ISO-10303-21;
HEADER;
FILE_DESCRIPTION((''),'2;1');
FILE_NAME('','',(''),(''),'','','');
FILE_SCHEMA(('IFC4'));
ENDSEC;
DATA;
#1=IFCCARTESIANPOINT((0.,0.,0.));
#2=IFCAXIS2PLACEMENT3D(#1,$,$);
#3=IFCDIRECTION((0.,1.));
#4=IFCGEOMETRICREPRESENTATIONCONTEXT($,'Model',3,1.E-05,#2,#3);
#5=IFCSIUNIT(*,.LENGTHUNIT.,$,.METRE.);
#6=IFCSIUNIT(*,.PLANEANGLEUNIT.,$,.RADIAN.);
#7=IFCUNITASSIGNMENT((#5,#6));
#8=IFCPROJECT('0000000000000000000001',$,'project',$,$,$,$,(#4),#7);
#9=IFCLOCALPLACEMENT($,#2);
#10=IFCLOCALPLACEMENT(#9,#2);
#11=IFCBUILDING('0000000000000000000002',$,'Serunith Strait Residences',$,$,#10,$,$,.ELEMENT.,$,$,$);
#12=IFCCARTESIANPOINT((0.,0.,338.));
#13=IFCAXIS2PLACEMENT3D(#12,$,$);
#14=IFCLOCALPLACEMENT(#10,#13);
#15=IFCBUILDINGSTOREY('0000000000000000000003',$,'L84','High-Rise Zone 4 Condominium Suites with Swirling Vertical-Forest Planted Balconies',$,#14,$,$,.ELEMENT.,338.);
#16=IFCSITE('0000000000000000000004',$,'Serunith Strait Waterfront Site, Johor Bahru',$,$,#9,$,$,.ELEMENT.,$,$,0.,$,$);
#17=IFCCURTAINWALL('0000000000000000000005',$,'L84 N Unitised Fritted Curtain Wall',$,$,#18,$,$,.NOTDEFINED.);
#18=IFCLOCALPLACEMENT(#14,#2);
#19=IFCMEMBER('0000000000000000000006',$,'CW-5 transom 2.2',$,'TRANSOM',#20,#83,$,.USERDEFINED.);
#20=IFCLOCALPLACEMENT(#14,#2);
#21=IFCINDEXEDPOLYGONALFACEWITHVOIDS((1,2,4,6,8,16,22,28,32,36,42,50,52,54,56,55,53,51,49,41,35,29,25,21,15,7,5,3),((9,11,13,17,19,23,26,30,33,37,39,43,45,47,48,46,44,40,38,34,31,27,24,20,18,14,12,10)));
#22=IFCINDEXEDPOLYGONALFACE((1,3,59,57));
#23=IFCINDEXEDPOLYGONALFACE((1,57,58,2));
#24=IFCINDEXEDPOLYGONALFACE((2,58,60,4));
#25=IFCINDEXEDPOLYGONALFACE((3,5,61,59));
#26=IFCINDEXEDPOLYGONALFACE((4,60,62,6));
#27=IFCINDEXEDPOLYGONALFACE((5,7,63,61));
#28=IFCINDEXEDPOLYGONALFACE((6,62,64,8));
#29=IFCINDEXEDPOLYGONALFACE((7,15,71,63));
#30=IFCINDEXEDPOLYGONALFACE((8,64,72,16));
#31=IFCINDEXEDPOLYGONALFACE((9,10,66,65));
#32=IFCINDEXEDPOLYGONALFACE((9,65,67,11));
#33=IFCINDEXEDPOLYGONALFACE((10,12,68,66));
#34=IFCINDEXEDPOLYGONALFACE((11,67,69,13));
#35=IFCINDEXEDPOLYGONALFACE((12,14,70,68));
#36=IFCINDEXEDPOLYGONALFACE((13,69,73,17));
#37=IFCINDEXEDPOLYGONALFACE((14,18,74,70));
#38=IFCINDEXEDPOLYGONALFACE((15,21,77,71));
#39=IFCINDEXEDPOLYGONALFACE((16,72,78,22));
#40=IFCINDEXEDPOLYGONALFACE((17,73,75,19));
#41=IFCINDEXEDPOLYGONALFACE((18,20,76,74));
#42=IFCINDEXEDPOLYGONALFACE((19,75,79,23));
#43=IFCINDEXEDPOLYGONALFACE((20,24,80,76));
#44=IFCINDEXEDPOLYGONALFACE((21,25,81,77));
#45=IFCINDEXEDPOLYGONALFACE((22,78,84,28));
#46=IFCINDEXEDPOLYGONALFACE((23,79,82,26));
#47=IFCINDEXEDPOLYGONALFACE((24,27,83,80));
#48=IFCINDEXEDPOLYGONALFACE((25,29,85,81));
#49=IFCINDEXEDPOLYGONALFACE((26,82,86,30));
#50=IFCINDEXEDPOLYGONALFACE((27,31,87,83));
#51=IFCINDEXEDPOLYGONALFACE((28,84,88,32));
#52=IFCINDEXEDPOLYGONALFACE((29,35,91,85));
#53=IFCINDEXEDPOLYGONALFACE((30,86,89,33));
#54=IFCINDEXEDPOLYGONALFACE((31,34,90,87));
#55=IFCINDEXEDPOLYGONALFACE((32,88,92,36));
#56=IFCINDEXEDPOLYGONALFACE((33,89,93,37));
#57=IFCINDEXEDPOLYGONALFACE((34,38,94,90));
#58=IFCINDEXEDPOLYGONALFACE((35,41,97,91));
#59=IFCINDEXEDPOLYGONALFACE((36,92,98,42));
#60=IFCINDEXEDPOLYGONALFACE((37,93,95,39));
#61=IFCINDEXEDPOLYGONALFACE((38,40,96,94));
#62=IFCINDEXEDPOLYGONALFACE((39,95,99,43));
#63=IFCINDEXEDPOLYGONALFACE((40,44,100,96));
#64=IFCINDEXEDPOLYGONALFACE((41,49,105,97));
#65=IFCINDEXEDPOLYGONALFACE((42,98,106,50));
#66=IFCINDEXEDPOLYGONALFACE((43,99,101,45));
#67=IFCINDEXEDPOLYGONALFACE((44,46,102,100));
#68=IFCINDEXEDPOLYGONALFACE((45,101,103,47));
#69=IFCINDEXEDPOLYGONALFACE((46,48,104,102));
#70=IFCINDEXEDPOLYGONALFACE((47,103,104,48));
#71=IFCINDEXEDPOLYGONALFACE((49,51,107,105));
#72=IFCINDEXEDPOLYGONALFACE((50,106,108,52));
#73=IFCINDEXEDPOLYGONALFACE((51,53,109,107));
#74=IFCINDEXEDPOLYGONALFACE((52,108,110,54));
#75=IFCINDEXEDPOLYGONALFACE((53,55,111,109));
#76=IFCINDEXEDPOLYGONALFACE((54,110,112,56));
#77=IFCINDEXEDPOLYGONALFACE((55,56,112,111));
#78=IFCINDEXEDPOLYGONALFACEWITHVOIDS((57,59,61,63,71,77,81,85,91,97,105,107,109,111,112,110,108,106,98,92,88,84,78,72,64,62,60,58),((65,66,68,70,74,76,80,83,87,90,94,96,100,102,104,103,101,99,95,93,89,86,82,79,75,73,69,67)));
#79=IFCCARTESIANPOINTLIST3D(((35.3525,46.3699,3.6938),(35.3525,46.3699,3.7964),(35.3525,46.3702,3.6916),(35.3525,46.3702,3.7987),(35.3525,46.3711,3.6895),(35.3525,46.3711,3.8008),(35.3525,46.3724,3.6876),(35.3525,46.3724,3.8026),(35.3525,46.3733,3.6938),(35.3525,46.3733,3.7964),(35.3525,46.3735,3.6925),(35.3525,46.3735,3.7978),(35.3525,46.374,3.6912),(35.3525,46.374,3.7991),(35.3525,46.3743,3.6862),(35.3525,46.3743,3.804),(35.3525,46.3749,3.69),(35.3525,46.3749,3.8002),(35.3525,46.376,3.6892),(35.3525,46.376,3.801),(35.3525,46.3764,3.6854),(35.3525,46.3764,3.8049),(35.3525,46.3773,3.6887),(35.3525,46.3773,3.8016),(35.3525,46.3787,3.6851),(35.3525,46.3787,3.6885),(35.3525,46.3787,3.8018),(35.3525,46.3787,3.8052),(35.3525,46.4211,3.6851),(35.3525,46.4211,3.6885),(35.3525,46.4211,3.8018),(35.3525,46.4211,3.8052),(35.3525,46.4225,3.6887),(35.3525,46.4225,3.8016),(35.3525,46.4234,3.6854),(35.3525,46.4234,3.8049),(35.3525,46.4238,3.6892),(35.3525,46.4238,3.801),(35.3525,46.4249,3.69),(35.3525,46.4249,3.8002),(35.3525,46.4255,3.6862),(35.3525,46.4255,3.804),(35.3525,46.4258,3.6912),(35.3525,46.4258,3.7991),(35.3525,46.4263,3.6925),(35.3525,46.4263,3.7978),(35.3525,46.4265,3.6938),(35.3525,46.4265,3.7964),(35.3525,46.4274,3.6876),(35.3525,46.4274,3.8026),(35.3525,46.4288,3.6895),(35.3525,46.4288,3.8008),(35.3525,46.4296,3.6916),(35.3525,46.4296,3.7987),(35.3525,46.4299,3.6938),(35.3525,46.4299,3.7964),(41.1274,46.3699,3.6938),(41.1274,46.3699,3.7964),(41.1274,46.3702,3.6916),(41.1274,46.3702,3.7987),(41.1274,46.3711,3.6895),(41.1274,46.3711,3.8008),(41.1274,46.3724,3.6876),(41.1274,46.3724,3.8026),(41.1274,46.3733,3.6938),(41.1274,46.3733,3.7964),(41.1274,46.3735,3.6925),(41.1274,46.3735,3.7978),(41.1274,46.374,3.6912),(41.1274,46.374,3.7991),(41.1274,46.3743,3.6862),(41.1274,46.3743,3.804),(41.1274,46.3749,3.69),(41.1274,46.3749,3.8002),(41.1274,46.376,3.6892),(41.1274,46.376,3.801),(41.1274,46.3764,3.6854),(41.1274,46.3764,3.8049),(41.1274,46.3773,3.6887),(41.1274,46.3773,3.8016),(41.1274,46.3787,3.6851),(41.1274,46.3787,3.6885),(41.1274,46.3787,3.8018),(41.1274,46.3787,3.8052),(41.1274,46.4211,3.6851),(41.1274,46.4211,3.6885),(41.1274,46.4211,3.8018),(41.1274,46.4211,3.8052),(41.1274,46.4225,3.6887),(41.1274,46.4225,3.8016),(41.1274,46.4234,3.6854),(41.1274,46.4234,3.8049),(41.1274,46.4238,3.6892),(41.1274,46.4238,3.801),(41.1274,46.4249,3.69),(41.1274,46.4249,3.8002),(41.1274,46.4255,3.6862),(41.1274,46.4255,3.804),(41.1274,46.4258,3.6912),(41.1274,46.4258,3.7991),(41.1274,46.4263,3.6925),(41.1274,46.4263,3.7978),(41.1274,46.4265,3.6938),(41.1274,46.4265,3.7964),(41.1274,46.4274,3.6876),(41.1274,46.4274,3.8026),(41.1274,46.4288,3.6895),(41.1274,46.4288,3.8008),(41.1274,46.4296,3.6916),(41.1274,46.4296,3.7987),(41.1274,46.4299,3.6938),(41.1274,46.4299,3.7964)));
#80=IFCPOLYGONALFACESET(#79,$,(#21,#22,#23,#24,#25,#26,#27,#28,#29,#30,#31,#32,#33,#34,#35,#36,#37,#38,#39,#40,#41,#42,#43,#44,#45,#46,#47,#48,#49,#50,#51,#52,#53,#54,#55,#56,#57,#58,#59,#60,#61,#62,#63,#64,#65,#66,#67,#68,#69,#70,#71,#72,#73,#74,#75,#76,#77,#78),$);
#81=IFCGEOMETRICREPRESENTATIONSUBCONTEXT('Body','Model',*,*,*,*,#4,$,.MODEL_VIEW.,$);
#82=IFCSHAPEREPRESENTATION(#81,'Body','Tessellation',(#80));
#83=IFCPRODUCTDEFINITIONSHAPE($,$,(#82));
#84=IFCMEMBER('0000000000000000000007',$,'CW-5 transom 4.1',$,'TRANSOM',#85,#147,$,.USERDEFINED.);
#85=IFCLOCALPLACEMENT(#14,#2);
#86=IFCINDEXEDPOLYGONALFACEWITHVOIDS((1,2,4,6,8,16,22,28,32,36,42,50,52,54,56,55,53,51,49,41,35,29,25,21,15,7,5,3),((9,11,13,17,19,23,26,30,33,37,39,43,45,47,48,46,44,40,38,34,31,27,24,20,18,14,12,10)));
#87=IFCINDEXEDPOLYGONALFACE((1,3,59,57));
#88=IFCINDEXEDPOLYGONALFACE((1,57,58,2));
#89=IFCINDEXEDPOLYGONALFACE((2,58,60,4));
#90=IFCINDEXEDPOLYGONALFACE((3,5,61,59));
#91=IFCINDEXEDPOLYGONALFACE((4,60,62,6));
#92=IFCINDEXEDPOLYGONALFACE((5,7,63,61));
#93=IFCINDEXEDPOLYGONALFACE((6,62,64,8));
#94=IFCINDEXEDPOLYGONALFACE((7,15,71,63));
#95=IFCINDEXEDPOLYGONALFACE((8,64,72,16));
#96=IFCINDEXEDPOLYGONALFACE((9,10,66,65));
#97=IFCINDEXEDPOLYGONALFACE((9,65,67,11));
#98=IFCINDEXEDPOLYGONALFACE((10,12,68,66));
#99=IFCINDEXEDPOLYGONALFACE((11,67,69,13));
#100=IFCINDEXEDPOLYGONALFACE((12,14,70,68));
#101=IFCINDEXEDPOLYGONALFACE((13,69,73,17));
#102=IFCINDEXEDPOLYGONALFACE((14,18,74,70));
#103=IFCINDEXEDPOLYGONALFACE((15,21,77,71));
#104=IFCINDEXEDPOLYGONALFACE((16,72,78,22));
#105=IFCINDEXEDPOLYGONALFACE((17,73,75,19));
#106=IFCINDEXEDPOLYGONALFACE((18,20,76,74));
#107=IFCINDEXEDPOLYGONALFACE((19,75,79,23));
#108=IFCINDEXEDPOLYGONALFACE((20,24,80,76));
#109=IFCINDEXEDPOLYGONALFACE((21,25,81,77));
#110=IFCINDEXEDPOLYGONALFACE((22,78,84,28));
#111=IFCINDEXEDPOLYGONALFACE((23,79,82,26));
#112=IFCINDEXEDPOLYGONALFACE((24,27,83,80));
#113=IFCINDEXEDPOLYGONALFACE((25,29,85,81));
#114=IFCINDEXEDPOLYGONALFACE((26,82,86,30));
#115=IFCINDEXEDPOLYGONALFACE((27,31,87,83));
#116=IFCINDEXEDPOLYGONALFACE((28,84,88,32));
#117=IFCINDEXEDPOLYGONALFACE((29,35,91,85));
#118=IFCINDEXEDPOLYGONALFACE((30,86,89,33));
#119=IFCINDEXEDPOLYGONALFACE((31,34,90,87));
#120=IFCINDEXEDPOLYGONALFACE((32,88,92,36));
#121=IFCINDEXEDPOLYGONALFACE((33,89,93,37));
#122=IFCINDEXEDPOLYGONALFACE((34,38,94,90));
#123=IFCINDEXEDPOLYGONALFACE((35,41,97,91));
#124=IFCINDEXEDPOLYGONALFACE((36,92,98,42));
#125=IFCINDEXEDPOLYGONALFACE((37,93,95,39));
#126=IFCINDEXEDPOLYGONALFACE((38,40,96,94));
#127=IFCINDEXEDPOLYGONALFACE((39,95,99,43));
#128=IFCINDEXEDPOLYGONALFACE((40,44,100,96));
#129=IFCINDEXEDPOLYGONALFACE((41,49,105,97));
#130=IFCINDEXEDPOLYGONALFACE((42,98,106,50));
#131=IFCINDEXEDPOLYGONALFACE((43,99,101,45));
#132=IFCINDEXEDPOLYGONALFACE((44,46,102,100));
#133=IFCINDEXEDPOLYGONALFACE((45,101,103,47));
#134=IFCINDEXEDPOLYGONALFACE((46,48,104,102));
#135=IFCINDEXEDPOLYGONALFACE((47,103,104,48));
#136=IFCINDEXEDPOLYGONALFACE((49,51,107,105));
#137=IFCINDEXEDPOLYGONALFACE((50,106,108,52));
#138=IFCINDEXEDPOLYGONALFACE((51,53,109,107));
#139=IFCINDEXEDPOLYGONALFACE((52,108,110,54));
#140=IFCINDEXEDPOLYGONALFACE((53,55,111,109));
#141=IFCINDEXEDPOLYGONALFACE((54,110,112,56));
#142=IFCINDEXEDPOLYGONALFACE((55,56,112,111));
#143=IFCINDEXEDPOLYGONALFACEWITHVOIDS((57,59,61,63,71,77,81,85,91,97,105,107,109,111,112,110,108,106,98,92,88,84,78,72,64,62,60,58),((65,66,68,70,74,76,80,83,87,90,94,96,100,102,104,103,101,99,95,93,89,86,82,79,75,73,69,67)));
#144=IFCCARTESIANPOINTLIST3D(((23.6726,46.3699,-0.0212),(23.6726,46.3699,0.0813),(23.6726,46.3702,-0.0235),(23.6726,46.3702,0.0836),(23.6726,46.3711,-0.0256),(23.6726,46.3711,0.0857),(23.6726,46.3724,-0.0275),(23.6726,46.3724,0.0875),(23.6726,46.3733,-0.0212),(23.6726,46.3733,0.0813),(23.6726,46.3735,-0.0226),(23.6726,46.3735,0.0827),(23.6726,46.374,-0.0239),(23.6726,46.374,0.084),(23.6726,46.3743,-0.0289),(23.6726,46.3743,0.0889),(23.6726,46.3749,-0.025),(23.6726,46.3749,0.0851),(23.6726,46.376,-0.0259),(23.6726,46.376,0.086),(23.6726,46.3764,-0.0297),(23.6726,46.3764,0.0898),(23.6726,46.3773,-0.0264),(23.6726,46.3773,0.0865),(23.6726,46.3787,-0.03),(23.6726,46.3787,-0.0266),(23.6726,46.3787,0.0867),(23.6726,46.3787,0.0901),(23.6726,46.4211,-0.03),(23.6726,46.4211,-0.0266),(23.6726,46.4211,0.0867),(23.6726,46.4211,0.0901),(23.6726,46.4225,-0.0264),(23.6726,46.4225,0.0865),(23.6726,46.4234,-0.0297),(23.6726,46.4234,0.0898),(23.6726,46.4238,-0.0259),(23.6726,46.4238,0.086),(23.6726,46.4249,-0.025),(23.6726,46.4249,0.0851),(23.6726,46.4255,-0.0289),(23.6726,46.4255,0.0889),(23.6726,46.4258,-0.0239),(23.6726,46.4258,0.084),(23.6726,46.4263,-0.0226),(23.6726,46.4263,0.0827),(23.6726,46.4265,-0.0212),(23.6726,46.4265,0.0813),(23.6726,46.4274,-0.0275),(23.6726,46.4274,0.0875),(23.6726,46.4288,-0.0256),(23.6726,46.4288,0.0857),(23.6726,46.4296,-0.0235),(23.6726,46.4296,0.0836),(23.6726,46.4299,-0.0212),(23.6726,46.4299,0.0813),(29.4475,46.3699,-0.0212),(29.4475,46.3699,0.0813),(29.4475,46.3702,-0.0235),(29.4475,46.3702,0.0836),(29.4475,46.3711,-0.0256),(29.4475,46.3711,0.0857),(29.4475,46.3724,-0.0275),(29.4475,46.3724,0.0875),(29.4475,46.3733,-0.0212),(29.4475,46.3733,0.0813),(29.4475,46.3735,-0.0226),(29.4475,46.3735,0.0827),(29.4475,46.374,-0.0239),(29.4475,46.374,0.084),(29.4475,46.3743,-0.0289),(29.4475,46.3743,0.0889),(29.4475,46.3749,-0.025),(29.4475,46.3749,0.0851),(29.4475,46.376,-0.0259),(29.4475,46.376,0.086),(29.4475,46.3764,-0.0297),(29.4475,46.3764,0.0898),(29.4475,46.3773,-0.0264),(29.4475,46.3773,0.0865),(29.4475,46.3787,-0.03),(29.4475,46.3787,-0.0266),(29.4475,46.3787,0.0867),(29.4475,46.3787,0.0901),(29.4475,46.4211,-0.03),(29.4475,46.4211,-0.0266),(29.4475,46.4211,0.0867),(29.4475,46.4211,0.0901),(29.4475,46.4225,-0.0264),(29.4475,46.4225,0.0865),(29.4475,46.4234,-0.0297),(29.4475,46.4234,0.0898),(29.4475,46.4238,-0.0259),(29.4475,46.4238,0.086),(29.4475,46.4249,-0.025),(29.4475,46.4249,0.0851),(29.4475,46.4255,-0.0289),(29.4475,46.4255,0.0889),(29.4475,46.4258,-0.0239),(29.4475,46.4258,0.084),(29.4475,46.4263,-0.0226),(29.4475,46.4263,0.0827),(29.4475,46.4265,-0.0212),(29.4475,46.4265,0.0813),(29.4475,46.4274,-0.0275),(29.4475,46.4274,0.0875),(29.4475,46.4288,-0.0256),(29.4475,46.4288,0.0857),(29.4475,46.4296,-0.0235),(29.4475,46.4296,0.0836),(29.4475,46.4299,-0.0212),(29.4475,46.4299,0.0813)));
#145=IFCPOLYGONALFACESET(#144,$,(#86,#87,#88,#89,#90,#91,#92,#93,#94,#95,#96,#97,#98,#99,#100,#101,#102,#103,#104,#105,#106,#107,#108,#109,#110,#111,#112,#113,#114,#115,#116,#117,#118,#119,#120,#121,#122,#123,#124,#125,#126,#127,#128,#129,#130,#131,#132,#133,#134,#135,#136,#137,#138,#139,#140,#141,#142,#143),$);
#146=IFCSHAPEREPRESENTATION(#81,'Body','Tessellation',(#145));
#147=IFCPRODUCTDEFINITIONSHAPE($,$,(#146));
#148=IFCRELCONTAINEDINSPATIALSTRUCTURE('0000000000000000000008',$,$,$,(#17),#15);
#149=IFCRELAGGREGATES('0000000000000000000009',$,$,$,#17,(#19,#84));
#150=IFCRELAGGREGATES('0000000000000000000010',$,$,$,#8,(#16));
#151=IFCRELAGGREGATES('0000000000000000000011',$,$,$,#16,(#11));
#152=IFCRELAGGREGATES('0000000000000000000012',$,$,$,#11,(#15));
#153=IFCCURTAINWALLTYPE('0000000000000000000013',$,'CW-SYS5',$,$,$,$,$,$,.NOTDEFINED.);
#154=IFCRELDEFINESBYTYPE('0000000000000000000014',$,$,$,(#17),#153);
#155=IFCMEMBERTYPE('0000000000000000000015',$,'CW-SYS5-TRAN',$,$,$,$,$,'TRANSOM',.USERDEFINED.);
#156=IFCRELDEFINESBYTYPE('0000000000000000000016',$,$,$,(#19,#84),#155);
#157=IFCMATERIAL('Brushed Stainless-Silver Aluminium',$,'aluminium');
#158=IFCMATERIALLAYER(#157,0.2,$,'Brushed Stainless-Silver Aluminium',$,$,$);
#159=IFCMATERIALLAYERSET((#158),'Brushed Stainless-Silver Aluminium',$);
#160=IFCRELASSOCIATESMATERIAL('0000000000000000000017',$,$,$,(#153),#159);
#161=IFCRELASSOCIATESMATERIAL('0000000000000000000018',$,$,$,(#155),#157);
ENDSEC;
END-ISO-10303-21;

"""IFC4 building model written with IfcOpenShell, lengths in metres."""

from ifc_helpers import new_model, si_unit, direction, frame, origin, origin_2d, place, context, subcontext, project, spatial, hollow_rectangle, extrude, source, transform, mapped, material, layer, layer_set, material_profile, profile_set, type_object, element, aggregate, save


model = new_model("IFC4")

# Units and contexts
model_context = context("Model", 3, precision=1e-05, world=origin(), true_north=direction((0.0, 1.0)))
body_context = subcontext(model_context, "Body", "Model", "MODEL_VIEW")
ifc_project = project(units=[si_unit("LENGTHUNIT", "METRE"), si_unit("PLANEANGLEUNIT", "RADIAN")], contexts=[model_context])

# Site, building, storey
site_placement = place(None, origin())
site = spatial("IfcSite", under=ifc_project, at=site_placement, Name="Serunith Strait Waterfront Site, Johor Bahru", CompositionType="ELEMENT", RefElevation=0.0)
building_placement = place(site_placement, origin())
building = spatial("IfcBuilding", under=site, at=building_placement, Name="Serunith Strait Residences", CompositionType="ELEMENT")
storey_placement = place(building_placement, frame((0.0, 0.0, 338.0)))
storey = spatial("IfcBuildingStorey", under=building, at=storey_placement, Name="L84", Description="High-Rise Zone 4 Condominium Suites with Swirling Vertical-Forest Planted Balconies", CompositionType="ELEMENT", Elevation=338.0)

# Curtain wall, members
ifc_material_1 = material(Name="Brushed Stainless-Silver Aluminium", Category="aluminium")
ifc_layer_1 = layer(ifc_material_1, 0.2, Name="Brushed Stainless-Silver Aluminium")
ifc_layer_set_1 = layer_set([ifc_layer_1], Name="Brushed Stainless-Silver Aluminium")
curtain_wall_type = type_object("IfcCurtainWallType", Name="CW-SYS5", PredefinedType="NOTDEFINED", material=ifc_layer_set_1)
curtain_wall_placement = place(storey_placement, origin())
curtain_wall = element("IfcCurtainWall", 1, at=curtain_wall_placement, inside=storey, type_object=curtain_wall_type, Name="L84 N Unitised Fritted Curtain Wall", PredefinedType="NOTDEFINED")
ifc_material_profile_1 = material_profile(ifc_material_1, hollow_rectangle(XDim=0.0601, YDim=0.1201, WallThickness=0.0034, InnerFilletRadius=0.0054, OuterFilletRadius=0.0088, at=origin_2d()), Name="ALU 120x60x3.5")
ifc_profile_set_1 = profile_set([ifc_material_profile_1], Name="Brushed Stainless-Silver Aluminium")
member_type_1 = type_object("IfcMemberType", Name="CW-SYS5-TRAN", ElementType="TRANSOM", PredefinedType="USERDEFINED", material=ifc_profile_set_1)
shared_shape_1 = source(origin(), body_context, "Body", "SweptSolid", [
    extrude(hollow_rectangle(XDim=0.0601, YDim=0.1201, WallThickness=0.0034, InnerFilletRadius=0.0054, OuterFilletRadius=0.0088, at=origin_2d()), origin(), (0.0, 0.0, 1.0), 5.7749),
])
member_1_placement = place(storey_placement, frame((41.1274, 46.3999, 3.7451), z_axis=(-1.0, 0.0, 0.0), x_axis=(0.0, -1.0, 0.0)))
member_1 = element("IfcMember", 2, at=member_1_placement, type_object=member_type_1, Name="CW-5 transom 2.2", ObjectType="TRANSOM", PredefinedType="USERDEFINED", context=body_context, shape_type="MappedRepresentation", body=[
    mapped(shared_shape_1, transform((0.0, 0.0, 0.0), scale=1.0)),
])
member_2_placement = place(storey_placement, frame((29.4475, 46.3999, 0.03), z_axis=(-1.0, 0.0, 0.0), x_axis=(0.0, -1.0, 0.0)))
member_2 = element("IfcMember", 3, at=member_2_placement, type_object=member_type_1, Name="CW-5 transom 4.1", ObjectType="TRANSOM", PredefinedType="USERDEFINED", context=body_context, shape_type="MappedRepresentation", body=[
    mapped(shared_shape_1, transform((0.0, 0.0, 0.0), scale=1.0)),
])
aggregate(curtain_wall, [member_1, member_2])

save(model, "model.ifc")
